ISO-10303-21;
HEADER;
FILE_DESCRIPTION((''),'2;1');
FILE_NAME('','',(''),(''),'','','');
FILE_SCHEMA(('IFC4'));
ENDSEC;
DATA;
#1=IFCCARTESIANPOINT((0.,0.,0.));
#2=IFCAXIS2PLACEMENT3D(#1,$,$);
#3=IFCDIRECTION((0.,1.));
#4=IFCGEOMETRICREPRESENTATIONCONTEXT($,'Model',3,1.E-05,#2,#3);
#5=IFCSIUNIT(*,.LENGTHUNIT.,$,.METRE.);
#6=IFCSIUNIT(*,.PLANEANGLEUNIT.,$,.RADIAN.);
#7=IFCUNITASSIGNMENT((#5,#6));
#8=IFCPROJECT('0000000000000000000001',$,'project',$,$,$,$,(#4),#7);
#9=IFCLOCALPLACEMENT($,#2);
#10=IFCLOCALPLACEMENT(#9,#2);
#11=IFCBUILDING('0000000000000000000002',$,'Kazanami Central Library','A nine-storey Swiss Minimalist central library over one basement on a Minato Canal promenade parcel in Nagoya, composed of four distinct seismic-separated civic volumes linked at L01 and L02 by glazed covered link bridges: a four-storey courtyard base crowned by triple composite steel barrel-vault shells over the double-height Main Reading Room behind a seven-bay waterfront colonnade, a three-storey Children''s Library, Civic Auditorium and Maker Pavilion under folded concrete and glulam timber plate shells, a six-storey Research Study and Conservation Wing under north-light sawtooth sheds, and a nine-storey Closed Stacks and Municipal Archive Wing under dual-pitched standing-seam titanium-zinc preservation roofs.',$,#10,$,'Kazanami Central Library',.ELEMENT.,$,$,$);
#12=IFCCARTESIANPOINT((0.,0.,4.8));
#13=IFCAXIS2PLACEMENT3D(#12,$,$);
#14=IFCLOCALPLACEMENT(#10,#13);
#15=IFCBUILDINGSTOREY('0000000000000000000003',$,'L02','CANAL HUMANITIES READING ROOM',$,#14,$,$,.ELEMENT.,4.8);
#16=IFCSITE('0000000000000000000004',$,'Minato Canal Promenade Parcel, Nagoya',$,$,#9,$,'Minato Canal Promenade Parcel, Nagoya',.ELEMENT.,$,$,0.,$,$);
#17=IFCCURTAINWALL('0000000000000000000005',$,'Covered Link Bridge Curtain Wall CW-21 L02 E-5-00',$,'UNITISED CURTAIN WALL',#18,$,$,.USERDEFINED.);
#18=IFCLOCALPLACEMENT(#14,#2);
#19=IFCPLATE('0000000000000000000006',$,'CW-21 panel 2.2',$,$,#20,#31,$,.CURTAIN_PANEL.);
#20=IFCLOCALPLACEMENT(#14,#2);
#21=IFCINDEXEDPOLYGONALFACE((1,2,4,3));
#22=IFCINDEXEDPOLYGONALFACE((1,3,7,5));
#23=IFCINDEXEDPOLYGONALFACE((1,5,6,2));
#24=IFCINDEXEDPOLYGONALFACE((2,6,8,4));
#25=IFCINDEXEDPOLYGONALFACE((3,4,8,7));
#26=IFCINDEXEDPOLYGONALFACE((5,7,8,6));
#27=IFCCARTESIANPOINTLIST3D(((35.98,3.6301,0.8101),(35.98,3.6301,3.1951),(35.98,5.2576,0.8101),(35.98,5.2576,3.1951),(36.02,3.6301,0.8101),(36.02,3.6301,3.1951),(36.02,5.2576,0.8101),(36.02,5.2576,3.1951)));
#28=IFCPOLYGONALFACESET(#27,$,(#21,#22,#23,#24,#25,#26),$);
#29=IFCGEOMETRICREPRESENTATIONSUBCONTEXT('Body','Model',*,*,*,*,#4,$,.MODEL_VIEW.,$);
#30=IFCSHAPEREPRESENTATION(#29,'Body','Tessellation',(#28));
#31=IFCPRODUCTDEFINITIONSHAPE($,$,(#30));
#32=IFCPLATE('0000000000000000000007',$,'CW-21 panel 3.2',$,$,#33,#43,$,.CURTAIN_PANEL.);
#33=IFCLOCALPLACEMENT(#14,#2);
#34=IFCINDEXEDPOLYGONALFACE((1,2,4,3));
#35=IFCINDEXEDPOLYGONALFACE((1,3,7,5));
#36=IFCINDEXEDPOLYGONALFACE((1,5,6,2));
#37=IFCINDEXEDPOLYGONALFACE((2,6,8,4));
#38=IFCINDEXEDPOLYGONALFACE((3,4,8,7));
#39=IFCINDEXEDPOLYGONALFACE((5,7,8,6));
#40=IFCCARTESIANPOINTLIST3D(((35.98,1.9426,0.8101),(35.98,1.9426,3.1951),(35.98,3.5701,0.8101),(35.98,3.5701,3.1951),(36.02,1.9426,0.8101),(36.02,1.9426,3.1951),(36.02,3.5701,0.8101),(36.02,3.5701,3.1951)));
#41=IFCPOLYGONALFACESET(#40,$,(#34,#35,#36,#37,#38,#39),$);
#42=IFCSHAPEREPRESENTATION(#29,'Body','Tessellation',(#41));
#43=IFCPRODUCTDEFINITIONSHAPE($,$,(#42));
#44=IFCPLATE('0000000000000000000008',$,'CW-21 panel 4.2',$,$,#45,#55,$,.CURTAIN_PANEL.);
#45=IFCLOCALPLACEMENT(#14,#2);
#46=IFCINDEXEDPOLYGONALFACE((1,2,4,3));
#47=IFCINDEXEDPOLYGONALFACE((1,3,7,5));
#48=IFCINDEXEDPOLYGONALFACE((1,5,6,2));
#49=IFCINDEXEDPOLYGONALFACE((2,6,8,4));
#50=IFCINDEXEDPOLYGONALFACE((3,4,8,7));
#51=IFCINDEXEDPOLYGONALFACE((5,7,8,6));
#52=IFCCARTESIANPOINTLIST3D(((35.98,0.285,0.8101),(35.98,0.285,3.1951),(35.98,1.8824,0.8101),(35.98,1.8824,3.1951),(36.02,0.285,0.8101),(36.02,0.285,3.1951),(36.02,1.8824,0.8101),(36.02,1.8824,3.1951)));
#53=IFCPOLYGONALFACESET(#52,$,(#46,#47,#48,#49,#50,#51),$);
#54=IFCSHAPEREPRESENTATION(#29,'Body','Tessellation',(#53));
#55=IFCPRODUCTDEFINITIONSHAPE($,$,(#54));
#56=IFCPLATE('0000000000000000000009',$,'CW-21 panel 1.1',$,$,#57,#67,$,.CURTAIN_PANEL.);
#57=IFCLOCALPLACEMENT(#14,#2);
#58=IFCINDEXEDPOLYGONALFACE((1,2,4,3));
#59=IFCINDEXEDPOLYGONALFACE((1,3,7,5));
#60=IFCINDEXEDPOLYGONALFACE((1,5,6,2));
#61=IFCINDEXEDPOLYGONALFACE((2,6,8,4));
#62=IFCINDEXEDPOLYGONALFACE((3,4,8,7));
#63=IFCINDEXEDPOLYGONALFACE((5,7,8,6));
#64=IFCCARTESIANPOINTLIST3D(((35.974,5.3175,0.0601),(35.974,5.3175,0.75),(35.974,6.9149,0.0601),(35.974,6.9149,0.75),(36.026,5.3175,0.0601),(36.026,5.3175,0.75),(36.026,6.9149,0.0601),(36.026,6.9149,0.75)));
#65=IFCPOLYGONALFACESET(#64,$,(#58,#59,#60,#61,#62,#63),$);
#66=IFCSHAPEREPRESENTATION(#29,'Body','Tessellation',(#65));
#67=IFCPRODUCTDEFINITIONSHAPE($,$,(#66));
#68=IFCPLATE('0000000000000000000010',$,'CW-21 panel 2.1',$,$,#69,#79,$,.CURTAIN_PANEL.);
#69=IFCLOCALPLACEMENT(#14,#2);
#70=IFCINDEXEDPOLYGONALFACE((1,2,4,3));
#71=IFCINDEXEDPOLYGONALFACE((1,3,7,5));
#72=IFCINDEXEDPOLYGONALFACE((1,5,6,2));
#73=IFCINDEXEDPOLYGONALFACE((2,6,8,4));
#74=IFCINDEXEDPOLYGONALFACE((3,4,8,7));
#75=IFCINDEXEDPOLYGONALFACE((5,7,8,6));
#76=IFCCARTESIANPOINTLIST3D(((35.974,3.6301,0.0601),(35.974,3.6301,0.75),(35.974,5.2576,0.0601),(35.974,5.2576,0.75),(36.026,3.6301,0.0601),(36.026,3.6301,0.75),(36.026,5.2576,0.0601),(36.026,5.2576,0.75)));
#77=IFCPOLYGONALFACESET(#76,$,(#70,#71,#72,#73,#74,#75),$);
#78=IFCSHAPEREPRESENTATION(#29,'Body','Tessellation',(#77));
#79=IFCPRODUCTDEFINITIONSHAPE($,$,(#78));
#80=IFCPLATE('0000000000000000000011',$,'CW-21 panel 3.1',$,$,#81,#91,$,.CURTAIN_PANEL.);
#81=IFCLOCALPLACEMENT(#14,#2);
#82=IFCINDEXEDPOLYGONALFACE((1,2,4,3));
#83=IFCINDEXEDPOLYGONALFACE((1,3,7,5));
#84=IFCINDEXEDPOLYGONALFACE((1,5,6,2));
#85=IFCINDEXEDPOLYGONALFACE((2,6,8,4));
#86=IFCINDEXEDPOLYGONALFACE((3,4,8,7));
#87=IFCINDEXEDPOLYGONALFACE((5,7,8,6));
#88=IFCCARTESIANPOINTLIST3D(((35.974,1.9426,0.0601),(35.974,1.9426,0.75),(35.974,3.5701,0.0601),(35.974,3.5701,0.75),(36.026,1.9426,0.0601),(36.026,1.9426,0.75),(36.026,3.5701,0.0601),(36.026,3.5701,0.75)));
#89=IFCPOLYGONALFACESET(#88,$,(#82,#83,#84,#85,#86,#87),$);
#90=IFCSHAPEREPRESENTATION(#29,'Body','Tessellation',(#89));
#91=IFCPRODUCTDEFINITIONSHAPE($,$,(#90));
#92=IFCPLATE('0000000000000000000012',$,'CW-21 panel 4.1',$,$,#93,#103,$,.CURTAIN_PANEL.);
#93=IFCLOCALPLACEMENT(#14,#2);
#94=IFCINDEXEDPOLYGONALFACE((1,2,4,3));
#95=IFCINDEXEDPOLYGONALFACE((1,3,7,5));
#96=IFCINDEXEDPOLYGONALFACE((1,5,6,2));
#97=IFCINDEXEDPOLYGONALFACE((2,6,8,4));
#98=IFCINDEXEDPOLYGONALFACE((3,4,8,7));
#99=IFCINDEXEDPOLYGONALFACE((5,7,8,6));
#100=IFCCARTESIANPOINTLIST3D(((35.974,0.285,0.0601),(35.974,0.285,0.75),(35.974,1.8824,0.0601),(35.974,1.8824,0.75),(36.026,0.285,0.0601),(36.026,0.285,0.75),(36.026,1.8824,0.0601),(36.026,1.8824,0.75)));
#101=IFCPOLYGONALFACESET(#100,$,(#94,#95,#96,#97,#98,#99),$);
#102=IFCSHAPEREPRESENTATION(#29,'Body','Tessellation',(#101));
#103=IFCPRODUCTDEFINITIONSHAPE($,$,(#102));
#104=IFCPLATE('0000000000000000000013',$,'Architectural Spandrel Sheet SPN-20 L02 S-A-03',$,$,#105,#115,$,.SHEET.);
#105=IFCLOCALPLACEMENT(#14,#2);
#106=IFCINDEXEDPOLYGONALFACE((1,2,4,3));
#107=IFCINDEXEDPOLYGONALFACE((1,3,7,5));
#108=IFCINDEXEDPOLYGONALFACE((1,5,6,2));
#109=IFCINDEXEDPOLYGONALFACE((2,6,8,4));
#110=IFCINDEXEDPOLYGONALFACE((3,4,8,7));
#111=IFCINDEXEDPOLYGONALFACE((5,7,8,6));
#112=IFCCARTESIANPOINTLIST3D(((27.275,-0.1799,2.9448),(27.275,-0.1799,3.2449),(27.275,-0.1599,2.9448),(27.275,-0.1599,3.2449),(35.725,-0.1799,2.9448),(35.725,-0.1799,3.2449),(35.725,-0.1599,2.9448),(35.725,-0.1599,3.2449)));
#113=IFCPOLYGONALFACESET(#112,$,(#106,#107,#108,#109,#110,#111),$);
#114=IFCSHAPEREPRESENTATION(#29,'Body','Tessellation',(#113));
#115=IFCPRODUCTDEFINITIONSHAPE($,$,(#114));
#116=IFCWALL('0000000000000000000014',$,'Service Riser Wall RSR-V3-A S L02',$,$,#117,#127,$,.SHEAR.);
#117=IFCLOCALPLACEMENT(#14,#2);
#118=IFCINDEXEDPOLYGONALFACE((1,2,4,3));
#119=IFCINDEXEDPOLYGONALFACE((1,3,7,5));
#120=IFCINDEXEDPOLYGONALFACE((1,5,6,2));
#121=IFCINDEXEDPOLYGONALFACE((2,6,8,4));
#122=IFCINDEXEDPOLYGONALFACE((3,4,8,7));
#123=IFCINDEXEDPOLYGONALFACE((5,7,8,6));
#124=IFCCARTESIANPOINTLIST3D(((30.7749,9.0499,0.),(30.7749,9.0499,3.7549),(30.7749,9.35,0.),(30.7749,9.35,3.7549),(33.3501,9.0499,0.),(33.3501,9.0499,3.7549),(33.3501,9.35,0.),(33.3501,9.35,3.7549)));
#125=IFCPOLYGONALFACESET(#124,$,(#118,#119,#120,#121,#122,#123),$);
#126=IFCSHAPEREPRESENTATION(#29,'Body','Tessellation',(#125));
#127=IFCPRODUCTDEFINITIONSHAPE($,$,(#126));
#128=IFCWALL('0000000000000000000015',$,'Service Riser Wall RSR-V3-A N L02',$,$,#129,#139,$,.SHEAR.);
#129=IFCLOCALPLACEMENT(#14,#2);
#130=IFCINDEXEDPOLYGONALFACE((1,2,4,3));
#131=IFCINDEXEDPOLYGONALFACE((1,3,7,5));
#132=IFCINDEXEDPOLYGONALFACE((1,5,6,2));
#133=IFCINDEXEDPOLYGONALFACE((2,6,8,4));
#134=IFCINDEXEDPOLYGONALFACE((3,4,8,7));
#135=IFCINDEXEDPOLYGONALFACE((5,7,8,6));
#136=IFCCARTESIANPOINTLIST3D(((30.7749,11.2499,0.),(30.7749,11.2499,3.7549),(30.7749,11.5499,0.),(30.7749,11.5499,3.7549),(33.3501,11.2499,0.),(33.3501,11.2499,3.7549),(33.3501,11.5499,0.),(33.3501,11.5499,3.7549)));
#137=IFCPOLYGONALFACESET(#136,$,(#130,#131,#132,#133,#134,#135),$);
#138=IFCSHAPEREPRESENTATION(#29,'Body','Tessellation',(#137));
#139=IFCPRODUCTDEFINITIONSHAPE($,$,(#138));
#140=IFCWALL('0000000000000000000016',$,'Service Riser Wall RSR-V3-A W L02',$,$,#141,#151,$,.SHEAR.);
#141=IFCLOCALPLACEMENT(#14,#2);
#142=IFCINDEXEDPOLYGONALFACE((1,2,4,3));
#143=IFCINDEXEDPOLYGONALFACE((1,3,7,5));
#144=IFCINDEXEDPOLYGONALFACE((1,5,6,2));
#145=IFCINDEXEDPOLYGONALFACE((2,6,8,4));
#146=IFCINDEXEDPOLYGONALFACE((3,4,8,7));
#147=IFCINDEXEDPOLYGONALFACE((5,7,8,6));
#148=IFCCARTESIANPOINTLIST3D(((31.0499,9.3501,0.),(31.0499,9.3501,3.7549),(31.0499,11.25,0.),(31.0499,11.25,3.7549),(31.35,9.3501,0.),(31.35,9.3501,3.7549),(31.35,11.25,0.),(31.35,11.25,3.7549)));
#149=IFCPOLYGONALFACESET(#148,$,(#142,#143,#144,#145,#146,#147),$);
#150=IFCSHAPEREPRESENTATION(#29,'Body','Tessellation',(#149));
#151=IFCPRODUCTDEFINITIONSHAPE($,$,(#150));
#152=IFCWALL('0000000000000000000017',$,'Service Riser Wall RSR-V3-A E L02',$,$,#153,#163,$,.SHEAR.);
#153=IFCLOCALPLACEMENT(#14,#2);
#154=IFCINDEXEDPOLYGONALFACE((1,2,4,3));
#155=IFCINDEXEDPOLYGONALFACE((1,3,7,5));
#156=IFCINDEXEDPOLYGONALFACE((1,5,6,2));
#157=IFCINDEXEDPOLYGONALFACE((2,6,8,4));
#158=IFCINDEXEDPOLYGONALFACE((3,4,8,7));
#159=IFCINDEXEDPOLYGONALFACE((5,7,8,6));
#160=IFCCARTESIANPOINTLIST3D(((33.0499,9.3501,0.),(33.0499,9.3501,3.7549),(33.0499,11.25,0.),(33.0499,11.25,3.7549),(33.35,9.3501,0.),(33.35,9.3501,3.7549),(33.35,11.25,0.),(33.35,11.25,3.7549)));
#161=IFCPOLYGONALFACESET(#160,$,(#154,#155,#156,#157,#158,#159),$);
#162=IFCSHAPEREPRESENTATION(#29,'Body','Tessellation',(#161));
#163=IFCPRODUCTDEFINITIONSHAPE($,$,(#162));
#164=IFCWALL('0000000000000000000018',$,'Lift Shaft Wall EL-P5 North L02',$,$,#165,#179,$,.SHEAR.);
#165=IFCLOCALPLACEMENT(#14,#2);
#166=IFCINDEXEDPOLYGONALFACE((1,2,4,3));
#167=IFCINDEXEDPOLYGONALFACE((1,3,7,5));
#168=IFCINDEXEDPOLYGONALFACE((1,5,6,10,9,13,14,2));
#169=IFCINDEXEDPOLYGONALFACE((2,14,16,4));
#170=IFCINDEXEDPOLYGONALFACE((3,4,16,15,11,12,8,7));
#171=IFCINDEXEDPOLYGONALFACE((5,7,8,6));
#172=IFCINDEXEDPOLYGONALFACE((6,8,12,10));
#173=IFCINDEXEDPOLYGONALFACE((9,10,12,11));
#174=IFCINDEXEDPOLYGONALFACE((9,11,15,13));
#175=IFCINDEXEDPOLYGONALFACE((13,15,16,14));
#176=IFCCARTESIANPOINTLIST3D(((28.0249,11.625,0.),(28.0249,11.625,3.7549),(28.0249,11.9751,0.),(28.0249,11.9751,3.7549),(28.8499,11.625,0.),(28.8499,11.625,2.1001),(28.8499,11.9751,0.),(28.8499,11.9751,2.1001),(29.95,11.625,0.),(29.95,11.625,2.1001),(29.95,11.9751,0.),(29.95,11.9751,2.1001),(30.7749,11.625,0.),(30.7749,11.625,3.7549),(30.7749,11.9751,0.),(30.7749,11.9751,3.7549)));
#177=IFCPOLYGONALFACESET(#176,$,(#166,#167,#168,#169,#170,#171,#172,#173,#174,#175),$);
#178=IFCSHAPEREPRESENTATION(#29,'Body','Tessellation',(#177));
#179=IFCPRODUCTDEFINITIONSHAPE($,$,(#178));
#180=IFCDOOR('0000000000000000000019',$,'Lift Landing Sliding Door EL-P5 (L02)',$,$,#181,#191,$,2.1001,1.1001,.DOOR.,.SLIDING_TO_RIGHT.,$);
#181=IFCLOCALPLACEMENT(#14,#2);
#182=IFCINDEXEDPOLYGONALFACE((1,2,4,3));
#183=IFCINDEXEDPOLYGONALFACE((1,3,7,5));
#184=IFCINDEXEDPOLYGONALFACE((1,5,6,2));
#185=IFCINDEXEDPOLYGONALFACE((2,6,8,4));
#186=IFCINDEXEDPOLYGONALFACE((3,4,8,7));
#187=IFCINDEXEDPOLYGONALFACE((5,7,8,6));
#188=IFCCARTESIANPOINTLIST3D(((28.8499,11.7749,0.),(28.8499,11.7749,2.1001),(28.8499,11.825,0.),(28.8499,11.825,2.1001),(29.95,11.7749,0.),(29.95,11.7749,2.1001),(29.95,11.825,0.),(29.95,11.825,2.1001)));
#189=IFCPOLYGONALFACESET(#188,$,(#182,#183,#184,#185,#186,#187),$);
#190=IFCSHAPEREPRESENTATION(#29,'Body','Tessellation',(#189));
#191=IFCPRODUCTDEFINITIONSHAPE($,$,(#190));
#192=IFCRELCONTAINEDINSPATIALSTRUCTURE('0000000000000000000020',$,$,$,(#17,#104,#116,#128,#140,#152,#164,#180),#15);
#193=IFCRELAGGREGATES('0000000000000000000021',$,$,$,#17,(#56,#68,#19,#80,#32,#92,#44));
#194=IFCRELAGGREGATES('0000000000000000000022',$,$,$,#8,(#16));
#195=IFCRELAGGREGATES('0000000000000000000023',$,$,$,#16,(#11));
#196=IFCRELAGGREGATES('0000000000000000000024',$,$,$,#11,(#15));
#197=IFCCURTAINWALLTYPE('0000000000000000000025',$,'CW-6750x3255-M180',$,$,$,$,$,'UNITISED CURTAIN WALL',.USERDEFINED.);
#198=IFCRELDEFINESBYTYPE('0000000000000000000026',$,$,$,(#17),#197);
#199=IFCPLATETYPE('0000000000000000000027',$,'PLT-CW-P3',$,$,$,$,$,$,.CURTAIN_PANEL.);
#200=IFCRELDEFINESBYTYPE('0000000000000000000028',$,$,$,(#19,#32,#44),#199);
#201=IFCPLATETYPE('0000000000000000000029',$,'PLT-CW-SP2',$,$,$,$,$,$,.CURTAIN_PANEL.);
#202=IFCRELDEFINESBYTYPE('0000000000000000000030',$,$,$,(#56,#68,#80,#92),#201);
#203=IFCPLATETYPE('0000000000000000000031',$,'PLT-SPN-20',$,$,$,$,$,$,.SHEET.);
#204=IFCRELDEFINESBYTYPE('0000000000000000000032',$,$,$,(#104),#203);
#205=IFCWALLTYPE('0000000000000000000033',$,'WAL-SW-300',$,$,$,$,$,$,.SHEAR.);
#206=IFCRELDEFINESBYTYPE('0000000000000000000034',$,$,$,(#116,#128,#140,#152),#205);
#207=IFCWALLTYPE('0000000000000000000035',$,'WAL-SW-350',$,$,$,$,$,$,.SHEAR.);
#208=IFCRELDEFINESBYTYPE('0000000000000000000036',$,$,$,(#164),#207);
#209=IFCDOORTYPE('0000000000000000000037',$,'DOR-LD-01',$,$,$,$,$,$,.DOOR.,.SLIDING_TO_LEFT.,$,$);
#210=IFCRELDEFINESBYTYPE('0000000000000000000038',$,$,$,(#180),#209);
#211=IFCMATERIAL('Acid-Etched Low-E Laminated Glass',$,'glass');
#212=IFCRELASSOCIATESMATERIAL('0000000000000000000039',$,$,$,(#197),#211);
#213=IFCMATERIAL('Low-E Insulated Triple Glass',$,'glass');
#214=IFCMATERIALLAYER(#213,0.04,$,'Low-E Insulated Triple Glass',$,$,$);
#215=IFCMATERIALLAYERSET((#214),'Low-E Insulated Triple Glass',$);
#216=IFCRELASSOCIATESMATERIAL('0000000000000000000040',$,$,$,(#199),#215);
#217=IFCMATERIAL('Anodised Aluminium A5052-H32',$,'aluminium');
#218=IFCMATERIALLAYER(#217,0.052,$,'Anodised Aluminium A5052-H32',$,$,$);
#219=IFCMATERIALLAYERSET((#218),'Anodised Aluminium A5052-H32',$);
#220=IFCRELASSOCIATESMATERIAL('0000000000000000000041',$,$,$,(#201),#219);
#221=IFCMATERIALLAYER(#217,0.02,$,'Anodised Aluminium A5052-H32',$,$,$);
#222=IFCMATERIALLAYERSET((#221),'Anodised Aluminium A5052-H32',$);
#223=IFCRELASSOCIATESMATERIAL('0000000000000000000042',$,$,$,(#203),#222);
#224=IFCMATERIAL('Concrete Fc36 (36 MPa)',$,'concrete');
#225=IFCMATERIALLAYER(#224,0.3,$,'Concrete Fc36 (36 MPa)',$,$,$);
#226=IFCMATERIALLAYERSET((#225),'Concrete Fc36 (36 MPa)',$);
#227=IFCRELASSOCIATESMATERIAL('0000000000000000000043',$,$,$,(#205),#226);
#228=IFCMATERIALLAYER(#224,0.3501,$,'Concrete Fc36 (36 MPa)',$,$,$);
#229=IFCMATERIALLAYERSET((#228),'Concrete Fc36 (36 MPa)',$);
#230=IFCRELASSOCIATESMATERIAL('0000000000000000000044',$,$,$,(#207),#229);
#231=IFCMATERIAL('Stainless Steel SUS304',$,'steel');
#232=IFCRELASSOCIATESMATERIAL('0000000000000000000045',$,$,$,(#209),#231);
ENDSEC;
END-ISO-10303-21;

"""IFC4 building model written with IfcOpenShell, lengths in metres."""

from ifc_helpers import new_model, si_unit, direction, frame, frame_2d, origin, origin_2d, place, context, subcontext, project, spatial, rectangle, extrude, material, layer, layer_set, type_object, element, fill, aggregate, save


model = new_model("IFC4")

# Units and contexts
model_context = context("Model", 3, precision=1e-05, world=origin(), true_north=direction((0.0, 1.0)))
body_context = subcontext(model_context, "Body", "Model", "MODEL_VIEW")
ifc_project = project(units=[si_unit("LENGTHUNIT", "METRE"), si_unit("PLANEANGLEUNIT", "RADIAN")], contexts=[model_context])

# Site, building, storey
site_placement = place(None, origin())
site = spatial("IfcSite", under=ifc_project, at=site_placement, Name="Minato Canal Promenade Parcel, Nagoya", LongName="Minato Canal Promenade Parcel, Nagoya", CompositionType="ELEMENT", RefElevation=0.0)
building_placement = place(site_placement, origin())
building = spatial("IfcBuilding", under=site, at=building_placement, Name="Kazanami Central Library", Description="A nine-storey Swiss Minimalist central library over one basement on a Minato Canal promenade parcel in Nagoya, composed of four distinct seismic-separated civic volumes linked at L01 and L02 by glazed covered link bridges: a four-storey courtyard base crowned by triple composite steel barrel-vault shells over the double-height Main Reading Room behind a seven-bay waterfront colonnade, a three-storey Children's Library, Civic Auditorium and Maker Pavilion under folded concrete and glulam timber plate shells, a six-storey Research Study and Conservation Wing under north-light sawtooth sheds, and a nine-storey Closed Stacks and Municipal Archive Wing under dual-pitched standing-seam titanium-zinc preservation roofs.", LongName="Kazanami Central Library", CompositionType="ELEMENT")
storey_placement = place(building_placement, frame((0.0, 0.0, 4.8)))
storey = spatial("IfcBuildingStorey", under=building, at=storey_placement, Name="L02", Description="CANAL HUMANITIES READING ROOM", CompositionType="ELEMENT", Elevation=4.8)

# Curtain wall, plates
ifc_material_1 = material(Name="Acid-Etched Low-E Laminated Glass", Category="glass")
curtain_wall_type = type_object("IfcCurtainWallType", Name="CW-6750x3255-M180", ElementType="UNITISED CURTAIN WALL", PredefinedType="USERDEFINED", material=ifc_material_1)
curtain_wall_placement = place(storey_placement, origin())
curtain_wall = element("IfcCurtainWall", 1, at=curtain_wall_placement, inside=storey, type_object=curtain_wall_type, Name="Covered Link Bridge Curtain Wall CW-21 L02 E-5-00", ObjectType="UNITISED CURTAIN WALL", PredefinedType="USERDEFINED")
ifc_material_2 = material(Name="Low-E Insulated Triple Glass", Category="glass")
ifc_layer_1 = layer(ifc_material_2, 0.04, Name="Low-E Insulated Triple Glass")
ifc_layer_set_1 = layer_set([ifc_layer_1], Name="Low-E Insulated Triple Glass")
plate_type_1 = type_object("IfcPlateType", Name="PLT-CW-P3", PredefinedType="CURTAIN_PANEL", material=ifc_layer_set_1)
plate_1_placement = place(storey_placement, frame((36.0, 4.4438, 0.8101), z_axis=(0.0, 0.0, 1.0), x_axis=(0.0, -1.0, 0.0)))
plate_1 = element("IfcPlate", 2, at=plate_1_placement, type_object=plate_type_1, Name="CW-21 panel 2.2", PredefinedType="CURTAIN_PANEL", context=body_context, shape_type="SweptSolid", body=[
    extrude(rectangle(XDim=1.6274, YDim=0.04, at=origin_2d()), origin(), (0.0, 0.0, 1.0), 2.385),
])
plate_2_placement = place(storey_placement, frame((36.0, 2.7563, 0.8101), z_axis=(0.0, 0.0, 1.0), x_axis=(0.0, -1.0, 0.0)))
plate_2 = element("IfcPlate", 3, at=plate_2_placement, type_object=plate_type_1, Name="CW-21 panel 3.2", PredefinedType="CURTAIN_PANEL", context=body_context, shape_type="SweptSolid", body=[
    extrude(rectangle(XDim=1.6274, YDim=0.04, at=origin_2d()), origin(), (0.0, 0.0, 1.0), 2.385),
])
plate_3_placement = place(storey_placement, frame((36.0, 1.0837, 0.8101), z_axis=(0.0, 0.0, 1.0), x_axis=(0.0, -1.0, 0.0)))
plate_3 = element("IfcPlate", 4, at=plate_3_placement, type_object=plate_type_1, Name="CW-21 panel 4.2", PredefinedType="CURTAIN_PANEL", context=body_context, shape_type="SweptSolid", body=[
    extrude(rectangle(XDim=1.5974, YDim=0.04, at=origin_2d()), origin(), (0.0, 0.0, 1.0), 2.385),
])
ifc_material_3 = material(Name="Anodised Aluminium A5052-H32", Category="aluminium")
ifc_layer_2 = layer(ifc_material_3, 0.052, Name="Anodised Aluminium A5052-H32")
ifc_layer_set_2 = layer_set([ifc_layer_2], Name="Anodised Aluminium A5052-H32")
plate_type_2 = type_object("IfcPlateType", Name="PLT-CW-SP2", PredefinedType="CURTAIN_PANEL", material=ifc_layer_set_2)
plate_4_placement = place(storey_placement, frame((36.0, 6.1162, 0.0601), z_axis=(0.0, 0.0, 1.0), x_axis=(0.0, -1.0, 0.0)))
plate_4 = element("IfcPlate", 5, at=plate_4_placement, type_object=plate_type_2, Name="CW-21 panel 1.1", PredefinedType="CURTAIN_PANEL", context=body_context, shape_type="SweptSolid", body=[
    extrude(rectangle(XDim=1.5974, YDim=0.052, at=origin_2d()), origin(), (0.0, 0.0, 1.0), 0.6899),
])
plate_5_placement = place(storey_placement, frame((36.0, 4.4438, 0.0601), z_axis=(0.0, 0.0, 1.0), x_axis=(0.0, -1.0, 0.0)))
plate_5 = element("IfcPlate", 6, at=plate_5_placement, type_object=plate_type_2, Name="CW-21 panel 2.1", PredefinedType="CURTAIN_PANEL", context=body_context, shape_type="SweptSolid", body=[
    extrude(rectangle(XDim=1.6274, YDim=0.052, at=origin_2d()), origin(), (0.0, 0.0, 1.0), 0.6899),
])
plate_6_placement = place(storey_placement, frame((36.0, 2.7563, 0.0601), z_axis=(0.0, 0.0, 1.0), x_axis=(0.0, -1.0, 0.0)))
plate_6 = element("IfcPlate", 7, at=plate_6_placement, type_object=plate_type_2, Name="CW-21 panel 3.1", PredefinedType="CURTAIN_PANEL", context=body_context, shape_type="SweptSolid", body=[
    extrude(rectangle(XDim=1.6274, YDim=0.052, at=origin_2d()), origin(), (0.0, 0.0, 1.0), 0.6899),
])
plate_7_placement = place(storey_placement, frame((36.0, 1.0837, 0.0601), z_axis=(0.0, 0.0, 1.0), x_axis=(0.0, -1.0, 0.0)))
plate_7 = element("IfcPlate", 8, at=plate_7_placement, type_object=plate_type_2, Name="CW-21 panel 4.1", PredefinedType="CURTAIN_PANEL", context=body_context, shape_type="SweptSolid", body=[
    extrude(rectangle(XDim=1.5974, YDim=0.052, at=origin_2d()), origin(), (0.0, 0.0, 1.0), 0.6899),
])
aggregate(curtain_wall, [plate_4, plate_5, plate_1, plate_6, plate_2, plate_7, plate_3])

# Plate
ifc_layer_3 = layer(ifc_material_3, 0.02, Name="Anodised Aluminium A5052-H32")
ifc_layer_set_3 = layer_set([ifc_layer_3], Name="Anodised Aluminium A5052-H32")
plate_type_3 = type_object("IfcPlateType", Name="PLT-SPN-20", PredefinedType="SHEET", material=ifc_layer_set_3)
plate_8_placement = place(storey_placement, frame((31.5, -0.1699, 2.9448), z_axis=(0.0, 0.0, 1.0), x_axis=(1.0, 0.0, 0.0)))
element("IfcPlate", 9, at=plate_8_placement, inside=storey, type_object=plate_type_3, Name="Architectural Spandrel Sheet SPN-20 L02 S-A-03", PredefinedType="SHEET", context=body_context, shape_type="SweptSolid", body=[
    extrude(rectangle(XDim=8.45, YDim=0.02, at=origin_2d()), origin(), (0.0, 0.0, 1.0), 0.3),
])

# Walls
ifc_material_4 = material(Name="Concrete Fc36 (36 MPa)", Category="concrete")
ifc_layer_4 = layer(ifc_material_4, 0.3, Name="Concrete Fc36 (36 MPa)")
ifc_layer_set_4 = layer_set([ifc_layer_4], Name="Concrete Fc36 (36 MPa)")
wall_type_1 = type_object("IfcWallType", Name="WAL-SW-300", PredefinedType="SHEAR", material=ifc_layer_set_4)
for number, where, z_axis, x_axis, name in (
    (10, (30.7749, 9.2, 0.0), (0.0, 0.0, 1.0), (1.0, 0.0, 0.0), "Service Riser Wall RSR-V3-A S L02"),
    (11, (30.7749, 11.3999, 0.0), (0.0, 0.0, 1.0), (1.0, 0.0, 0.0), "Service Riser Wall RSR-V3-A N L02"),
):
    element("IfcWall", number, at=place(storey_placement, frame(where, z_axis=z_axis, x_axis=x_axis)), inside=storey, type_object=wall_type_1, Name=name, PredefinedType="SHEAR", context=body_context, shape_type="SweptSolid", body=[
        extrude(rectangle(XDim=2.5752, YDim=0.3, at=frame_2d((1.2876, 0.0))), origin(), (0.0, 0.0, 1.0), 3.7549),
    ])
for number, where, z_axis, x_axis, name in (
    (12, (31.2, 9.3501, 0.0), (0.0, 0.0, 1.0), (0.0, 1.0, 0.0), "Service Riser Wall RSR-V3-A W L02"),
    (13, (33.2, 9.3501, 0.0), (0.0, 0.0, 1.0), (0.0, 1.0, 0.0), "Service Riser Wall RSR-V3-A E L02"),
):
    element("IfcWall", number, at=place(storey_placement, frame(where, z_axis=z_axis, x_axis=x_axis)), inside=storey, type_object=wall_type_1, Name=name, PredefinedType="SHEAR", context=body_context, shape_type="SweptSolid", body=[
        extrude(rectangle(XDim=1.8999, YDim=0.3, at=frame_2d((0.95, 0.0))), origin(), (0.0, 0.0, 1.0), 3.7549),
    ])

# Wall, opening, door
ifc_layer_5 = layer(ifc_material_4, 0.3501, Name="Concrete Fc36 (36 MPa)")
ifc_layer_set_5 = layer_set([ifc_layer_5], Name="Concrete Fc36 (36 MPa)")
wall_type_2 = type_object("IfcWallType", Name="WAL-SW-350", PredefinedType="SHEAR", material=ifc_layer_set_5)
wall_placement = place(storey_placement, frame((28.0249, 11.8, 0.0), z_axis=(0.0, 0.0, 1.0), x_axis=(1.0, 0.0, 0.0)))
wall = element("IfcWall", 14, at=wall_placement, inside=storey, type_object=wall_type_2, Name="Lift Shaft Wall EL-P5 North L02", PredefinedType="SHEAR", context=body_context, shape_type="SweptSolid", body=[
    extrude(rectangle(XDim=2.75, YDim=0.3501, at=frame_2d((1.375, 0.0))), origin(), (0.0, 0.0, 1.0), 3.7549),
])
opening_placement = place(wall_placement, frame((0.825, 0.0, 0.0)))
opening = element("IfcOpeningElement", 15, at=opening_placement, cuts=wall, PredefinedType="OPENING", context=body_context, shape_type="SweptSolid", body=[
    extrude(rectangle(XDim=1.1001, YDim=2.1001, at=frame_2d((0.55, 1.05))), frame((0.0, 0.187, 0.0), z_axis=(0.0, -1.0, 0.0), x_axis=(1.0, 0.0, 0.0)), (0.0, 0.0, 1.0), 0.374),
])
ifc_material_5 = material(Name="Stainless Steel SUS304", Category="steel")
door_type = type_object("IfcDoorType", Name="DOR-LD-01", OperationType="SLIDING_TO_LEFT", PredefinedType="DOOR", material=ifc_material_5)
door_placement = place(opening_placement, origin())
door = element("IfcDoor", 16, at=door_placement, inside=storey, type_object=door_type, Name="Lift Landing Sliding Door EL-P5 (L02)", OperationType="SLIDING_TO_RIGHT", OverallHeight=2.1001, OverallWidth=1.1001, PredefinedType="DOOR", context=body_context, shape_type="SweptSolid", body=[
    extrude(rectangle(XDim=1.1001, YDim=2.1001, at=frame_2d((0.55, 1.05))), frame((0.0, 0.0249, 0.0), z_axis=(0.0, -1.0, 0.0), x_axis=(1.0, 0.0, 0.0)), (0.0, 0.0, 1.0), 0.05),
])
fill(opening, door)

save(model, "model.ifc")
